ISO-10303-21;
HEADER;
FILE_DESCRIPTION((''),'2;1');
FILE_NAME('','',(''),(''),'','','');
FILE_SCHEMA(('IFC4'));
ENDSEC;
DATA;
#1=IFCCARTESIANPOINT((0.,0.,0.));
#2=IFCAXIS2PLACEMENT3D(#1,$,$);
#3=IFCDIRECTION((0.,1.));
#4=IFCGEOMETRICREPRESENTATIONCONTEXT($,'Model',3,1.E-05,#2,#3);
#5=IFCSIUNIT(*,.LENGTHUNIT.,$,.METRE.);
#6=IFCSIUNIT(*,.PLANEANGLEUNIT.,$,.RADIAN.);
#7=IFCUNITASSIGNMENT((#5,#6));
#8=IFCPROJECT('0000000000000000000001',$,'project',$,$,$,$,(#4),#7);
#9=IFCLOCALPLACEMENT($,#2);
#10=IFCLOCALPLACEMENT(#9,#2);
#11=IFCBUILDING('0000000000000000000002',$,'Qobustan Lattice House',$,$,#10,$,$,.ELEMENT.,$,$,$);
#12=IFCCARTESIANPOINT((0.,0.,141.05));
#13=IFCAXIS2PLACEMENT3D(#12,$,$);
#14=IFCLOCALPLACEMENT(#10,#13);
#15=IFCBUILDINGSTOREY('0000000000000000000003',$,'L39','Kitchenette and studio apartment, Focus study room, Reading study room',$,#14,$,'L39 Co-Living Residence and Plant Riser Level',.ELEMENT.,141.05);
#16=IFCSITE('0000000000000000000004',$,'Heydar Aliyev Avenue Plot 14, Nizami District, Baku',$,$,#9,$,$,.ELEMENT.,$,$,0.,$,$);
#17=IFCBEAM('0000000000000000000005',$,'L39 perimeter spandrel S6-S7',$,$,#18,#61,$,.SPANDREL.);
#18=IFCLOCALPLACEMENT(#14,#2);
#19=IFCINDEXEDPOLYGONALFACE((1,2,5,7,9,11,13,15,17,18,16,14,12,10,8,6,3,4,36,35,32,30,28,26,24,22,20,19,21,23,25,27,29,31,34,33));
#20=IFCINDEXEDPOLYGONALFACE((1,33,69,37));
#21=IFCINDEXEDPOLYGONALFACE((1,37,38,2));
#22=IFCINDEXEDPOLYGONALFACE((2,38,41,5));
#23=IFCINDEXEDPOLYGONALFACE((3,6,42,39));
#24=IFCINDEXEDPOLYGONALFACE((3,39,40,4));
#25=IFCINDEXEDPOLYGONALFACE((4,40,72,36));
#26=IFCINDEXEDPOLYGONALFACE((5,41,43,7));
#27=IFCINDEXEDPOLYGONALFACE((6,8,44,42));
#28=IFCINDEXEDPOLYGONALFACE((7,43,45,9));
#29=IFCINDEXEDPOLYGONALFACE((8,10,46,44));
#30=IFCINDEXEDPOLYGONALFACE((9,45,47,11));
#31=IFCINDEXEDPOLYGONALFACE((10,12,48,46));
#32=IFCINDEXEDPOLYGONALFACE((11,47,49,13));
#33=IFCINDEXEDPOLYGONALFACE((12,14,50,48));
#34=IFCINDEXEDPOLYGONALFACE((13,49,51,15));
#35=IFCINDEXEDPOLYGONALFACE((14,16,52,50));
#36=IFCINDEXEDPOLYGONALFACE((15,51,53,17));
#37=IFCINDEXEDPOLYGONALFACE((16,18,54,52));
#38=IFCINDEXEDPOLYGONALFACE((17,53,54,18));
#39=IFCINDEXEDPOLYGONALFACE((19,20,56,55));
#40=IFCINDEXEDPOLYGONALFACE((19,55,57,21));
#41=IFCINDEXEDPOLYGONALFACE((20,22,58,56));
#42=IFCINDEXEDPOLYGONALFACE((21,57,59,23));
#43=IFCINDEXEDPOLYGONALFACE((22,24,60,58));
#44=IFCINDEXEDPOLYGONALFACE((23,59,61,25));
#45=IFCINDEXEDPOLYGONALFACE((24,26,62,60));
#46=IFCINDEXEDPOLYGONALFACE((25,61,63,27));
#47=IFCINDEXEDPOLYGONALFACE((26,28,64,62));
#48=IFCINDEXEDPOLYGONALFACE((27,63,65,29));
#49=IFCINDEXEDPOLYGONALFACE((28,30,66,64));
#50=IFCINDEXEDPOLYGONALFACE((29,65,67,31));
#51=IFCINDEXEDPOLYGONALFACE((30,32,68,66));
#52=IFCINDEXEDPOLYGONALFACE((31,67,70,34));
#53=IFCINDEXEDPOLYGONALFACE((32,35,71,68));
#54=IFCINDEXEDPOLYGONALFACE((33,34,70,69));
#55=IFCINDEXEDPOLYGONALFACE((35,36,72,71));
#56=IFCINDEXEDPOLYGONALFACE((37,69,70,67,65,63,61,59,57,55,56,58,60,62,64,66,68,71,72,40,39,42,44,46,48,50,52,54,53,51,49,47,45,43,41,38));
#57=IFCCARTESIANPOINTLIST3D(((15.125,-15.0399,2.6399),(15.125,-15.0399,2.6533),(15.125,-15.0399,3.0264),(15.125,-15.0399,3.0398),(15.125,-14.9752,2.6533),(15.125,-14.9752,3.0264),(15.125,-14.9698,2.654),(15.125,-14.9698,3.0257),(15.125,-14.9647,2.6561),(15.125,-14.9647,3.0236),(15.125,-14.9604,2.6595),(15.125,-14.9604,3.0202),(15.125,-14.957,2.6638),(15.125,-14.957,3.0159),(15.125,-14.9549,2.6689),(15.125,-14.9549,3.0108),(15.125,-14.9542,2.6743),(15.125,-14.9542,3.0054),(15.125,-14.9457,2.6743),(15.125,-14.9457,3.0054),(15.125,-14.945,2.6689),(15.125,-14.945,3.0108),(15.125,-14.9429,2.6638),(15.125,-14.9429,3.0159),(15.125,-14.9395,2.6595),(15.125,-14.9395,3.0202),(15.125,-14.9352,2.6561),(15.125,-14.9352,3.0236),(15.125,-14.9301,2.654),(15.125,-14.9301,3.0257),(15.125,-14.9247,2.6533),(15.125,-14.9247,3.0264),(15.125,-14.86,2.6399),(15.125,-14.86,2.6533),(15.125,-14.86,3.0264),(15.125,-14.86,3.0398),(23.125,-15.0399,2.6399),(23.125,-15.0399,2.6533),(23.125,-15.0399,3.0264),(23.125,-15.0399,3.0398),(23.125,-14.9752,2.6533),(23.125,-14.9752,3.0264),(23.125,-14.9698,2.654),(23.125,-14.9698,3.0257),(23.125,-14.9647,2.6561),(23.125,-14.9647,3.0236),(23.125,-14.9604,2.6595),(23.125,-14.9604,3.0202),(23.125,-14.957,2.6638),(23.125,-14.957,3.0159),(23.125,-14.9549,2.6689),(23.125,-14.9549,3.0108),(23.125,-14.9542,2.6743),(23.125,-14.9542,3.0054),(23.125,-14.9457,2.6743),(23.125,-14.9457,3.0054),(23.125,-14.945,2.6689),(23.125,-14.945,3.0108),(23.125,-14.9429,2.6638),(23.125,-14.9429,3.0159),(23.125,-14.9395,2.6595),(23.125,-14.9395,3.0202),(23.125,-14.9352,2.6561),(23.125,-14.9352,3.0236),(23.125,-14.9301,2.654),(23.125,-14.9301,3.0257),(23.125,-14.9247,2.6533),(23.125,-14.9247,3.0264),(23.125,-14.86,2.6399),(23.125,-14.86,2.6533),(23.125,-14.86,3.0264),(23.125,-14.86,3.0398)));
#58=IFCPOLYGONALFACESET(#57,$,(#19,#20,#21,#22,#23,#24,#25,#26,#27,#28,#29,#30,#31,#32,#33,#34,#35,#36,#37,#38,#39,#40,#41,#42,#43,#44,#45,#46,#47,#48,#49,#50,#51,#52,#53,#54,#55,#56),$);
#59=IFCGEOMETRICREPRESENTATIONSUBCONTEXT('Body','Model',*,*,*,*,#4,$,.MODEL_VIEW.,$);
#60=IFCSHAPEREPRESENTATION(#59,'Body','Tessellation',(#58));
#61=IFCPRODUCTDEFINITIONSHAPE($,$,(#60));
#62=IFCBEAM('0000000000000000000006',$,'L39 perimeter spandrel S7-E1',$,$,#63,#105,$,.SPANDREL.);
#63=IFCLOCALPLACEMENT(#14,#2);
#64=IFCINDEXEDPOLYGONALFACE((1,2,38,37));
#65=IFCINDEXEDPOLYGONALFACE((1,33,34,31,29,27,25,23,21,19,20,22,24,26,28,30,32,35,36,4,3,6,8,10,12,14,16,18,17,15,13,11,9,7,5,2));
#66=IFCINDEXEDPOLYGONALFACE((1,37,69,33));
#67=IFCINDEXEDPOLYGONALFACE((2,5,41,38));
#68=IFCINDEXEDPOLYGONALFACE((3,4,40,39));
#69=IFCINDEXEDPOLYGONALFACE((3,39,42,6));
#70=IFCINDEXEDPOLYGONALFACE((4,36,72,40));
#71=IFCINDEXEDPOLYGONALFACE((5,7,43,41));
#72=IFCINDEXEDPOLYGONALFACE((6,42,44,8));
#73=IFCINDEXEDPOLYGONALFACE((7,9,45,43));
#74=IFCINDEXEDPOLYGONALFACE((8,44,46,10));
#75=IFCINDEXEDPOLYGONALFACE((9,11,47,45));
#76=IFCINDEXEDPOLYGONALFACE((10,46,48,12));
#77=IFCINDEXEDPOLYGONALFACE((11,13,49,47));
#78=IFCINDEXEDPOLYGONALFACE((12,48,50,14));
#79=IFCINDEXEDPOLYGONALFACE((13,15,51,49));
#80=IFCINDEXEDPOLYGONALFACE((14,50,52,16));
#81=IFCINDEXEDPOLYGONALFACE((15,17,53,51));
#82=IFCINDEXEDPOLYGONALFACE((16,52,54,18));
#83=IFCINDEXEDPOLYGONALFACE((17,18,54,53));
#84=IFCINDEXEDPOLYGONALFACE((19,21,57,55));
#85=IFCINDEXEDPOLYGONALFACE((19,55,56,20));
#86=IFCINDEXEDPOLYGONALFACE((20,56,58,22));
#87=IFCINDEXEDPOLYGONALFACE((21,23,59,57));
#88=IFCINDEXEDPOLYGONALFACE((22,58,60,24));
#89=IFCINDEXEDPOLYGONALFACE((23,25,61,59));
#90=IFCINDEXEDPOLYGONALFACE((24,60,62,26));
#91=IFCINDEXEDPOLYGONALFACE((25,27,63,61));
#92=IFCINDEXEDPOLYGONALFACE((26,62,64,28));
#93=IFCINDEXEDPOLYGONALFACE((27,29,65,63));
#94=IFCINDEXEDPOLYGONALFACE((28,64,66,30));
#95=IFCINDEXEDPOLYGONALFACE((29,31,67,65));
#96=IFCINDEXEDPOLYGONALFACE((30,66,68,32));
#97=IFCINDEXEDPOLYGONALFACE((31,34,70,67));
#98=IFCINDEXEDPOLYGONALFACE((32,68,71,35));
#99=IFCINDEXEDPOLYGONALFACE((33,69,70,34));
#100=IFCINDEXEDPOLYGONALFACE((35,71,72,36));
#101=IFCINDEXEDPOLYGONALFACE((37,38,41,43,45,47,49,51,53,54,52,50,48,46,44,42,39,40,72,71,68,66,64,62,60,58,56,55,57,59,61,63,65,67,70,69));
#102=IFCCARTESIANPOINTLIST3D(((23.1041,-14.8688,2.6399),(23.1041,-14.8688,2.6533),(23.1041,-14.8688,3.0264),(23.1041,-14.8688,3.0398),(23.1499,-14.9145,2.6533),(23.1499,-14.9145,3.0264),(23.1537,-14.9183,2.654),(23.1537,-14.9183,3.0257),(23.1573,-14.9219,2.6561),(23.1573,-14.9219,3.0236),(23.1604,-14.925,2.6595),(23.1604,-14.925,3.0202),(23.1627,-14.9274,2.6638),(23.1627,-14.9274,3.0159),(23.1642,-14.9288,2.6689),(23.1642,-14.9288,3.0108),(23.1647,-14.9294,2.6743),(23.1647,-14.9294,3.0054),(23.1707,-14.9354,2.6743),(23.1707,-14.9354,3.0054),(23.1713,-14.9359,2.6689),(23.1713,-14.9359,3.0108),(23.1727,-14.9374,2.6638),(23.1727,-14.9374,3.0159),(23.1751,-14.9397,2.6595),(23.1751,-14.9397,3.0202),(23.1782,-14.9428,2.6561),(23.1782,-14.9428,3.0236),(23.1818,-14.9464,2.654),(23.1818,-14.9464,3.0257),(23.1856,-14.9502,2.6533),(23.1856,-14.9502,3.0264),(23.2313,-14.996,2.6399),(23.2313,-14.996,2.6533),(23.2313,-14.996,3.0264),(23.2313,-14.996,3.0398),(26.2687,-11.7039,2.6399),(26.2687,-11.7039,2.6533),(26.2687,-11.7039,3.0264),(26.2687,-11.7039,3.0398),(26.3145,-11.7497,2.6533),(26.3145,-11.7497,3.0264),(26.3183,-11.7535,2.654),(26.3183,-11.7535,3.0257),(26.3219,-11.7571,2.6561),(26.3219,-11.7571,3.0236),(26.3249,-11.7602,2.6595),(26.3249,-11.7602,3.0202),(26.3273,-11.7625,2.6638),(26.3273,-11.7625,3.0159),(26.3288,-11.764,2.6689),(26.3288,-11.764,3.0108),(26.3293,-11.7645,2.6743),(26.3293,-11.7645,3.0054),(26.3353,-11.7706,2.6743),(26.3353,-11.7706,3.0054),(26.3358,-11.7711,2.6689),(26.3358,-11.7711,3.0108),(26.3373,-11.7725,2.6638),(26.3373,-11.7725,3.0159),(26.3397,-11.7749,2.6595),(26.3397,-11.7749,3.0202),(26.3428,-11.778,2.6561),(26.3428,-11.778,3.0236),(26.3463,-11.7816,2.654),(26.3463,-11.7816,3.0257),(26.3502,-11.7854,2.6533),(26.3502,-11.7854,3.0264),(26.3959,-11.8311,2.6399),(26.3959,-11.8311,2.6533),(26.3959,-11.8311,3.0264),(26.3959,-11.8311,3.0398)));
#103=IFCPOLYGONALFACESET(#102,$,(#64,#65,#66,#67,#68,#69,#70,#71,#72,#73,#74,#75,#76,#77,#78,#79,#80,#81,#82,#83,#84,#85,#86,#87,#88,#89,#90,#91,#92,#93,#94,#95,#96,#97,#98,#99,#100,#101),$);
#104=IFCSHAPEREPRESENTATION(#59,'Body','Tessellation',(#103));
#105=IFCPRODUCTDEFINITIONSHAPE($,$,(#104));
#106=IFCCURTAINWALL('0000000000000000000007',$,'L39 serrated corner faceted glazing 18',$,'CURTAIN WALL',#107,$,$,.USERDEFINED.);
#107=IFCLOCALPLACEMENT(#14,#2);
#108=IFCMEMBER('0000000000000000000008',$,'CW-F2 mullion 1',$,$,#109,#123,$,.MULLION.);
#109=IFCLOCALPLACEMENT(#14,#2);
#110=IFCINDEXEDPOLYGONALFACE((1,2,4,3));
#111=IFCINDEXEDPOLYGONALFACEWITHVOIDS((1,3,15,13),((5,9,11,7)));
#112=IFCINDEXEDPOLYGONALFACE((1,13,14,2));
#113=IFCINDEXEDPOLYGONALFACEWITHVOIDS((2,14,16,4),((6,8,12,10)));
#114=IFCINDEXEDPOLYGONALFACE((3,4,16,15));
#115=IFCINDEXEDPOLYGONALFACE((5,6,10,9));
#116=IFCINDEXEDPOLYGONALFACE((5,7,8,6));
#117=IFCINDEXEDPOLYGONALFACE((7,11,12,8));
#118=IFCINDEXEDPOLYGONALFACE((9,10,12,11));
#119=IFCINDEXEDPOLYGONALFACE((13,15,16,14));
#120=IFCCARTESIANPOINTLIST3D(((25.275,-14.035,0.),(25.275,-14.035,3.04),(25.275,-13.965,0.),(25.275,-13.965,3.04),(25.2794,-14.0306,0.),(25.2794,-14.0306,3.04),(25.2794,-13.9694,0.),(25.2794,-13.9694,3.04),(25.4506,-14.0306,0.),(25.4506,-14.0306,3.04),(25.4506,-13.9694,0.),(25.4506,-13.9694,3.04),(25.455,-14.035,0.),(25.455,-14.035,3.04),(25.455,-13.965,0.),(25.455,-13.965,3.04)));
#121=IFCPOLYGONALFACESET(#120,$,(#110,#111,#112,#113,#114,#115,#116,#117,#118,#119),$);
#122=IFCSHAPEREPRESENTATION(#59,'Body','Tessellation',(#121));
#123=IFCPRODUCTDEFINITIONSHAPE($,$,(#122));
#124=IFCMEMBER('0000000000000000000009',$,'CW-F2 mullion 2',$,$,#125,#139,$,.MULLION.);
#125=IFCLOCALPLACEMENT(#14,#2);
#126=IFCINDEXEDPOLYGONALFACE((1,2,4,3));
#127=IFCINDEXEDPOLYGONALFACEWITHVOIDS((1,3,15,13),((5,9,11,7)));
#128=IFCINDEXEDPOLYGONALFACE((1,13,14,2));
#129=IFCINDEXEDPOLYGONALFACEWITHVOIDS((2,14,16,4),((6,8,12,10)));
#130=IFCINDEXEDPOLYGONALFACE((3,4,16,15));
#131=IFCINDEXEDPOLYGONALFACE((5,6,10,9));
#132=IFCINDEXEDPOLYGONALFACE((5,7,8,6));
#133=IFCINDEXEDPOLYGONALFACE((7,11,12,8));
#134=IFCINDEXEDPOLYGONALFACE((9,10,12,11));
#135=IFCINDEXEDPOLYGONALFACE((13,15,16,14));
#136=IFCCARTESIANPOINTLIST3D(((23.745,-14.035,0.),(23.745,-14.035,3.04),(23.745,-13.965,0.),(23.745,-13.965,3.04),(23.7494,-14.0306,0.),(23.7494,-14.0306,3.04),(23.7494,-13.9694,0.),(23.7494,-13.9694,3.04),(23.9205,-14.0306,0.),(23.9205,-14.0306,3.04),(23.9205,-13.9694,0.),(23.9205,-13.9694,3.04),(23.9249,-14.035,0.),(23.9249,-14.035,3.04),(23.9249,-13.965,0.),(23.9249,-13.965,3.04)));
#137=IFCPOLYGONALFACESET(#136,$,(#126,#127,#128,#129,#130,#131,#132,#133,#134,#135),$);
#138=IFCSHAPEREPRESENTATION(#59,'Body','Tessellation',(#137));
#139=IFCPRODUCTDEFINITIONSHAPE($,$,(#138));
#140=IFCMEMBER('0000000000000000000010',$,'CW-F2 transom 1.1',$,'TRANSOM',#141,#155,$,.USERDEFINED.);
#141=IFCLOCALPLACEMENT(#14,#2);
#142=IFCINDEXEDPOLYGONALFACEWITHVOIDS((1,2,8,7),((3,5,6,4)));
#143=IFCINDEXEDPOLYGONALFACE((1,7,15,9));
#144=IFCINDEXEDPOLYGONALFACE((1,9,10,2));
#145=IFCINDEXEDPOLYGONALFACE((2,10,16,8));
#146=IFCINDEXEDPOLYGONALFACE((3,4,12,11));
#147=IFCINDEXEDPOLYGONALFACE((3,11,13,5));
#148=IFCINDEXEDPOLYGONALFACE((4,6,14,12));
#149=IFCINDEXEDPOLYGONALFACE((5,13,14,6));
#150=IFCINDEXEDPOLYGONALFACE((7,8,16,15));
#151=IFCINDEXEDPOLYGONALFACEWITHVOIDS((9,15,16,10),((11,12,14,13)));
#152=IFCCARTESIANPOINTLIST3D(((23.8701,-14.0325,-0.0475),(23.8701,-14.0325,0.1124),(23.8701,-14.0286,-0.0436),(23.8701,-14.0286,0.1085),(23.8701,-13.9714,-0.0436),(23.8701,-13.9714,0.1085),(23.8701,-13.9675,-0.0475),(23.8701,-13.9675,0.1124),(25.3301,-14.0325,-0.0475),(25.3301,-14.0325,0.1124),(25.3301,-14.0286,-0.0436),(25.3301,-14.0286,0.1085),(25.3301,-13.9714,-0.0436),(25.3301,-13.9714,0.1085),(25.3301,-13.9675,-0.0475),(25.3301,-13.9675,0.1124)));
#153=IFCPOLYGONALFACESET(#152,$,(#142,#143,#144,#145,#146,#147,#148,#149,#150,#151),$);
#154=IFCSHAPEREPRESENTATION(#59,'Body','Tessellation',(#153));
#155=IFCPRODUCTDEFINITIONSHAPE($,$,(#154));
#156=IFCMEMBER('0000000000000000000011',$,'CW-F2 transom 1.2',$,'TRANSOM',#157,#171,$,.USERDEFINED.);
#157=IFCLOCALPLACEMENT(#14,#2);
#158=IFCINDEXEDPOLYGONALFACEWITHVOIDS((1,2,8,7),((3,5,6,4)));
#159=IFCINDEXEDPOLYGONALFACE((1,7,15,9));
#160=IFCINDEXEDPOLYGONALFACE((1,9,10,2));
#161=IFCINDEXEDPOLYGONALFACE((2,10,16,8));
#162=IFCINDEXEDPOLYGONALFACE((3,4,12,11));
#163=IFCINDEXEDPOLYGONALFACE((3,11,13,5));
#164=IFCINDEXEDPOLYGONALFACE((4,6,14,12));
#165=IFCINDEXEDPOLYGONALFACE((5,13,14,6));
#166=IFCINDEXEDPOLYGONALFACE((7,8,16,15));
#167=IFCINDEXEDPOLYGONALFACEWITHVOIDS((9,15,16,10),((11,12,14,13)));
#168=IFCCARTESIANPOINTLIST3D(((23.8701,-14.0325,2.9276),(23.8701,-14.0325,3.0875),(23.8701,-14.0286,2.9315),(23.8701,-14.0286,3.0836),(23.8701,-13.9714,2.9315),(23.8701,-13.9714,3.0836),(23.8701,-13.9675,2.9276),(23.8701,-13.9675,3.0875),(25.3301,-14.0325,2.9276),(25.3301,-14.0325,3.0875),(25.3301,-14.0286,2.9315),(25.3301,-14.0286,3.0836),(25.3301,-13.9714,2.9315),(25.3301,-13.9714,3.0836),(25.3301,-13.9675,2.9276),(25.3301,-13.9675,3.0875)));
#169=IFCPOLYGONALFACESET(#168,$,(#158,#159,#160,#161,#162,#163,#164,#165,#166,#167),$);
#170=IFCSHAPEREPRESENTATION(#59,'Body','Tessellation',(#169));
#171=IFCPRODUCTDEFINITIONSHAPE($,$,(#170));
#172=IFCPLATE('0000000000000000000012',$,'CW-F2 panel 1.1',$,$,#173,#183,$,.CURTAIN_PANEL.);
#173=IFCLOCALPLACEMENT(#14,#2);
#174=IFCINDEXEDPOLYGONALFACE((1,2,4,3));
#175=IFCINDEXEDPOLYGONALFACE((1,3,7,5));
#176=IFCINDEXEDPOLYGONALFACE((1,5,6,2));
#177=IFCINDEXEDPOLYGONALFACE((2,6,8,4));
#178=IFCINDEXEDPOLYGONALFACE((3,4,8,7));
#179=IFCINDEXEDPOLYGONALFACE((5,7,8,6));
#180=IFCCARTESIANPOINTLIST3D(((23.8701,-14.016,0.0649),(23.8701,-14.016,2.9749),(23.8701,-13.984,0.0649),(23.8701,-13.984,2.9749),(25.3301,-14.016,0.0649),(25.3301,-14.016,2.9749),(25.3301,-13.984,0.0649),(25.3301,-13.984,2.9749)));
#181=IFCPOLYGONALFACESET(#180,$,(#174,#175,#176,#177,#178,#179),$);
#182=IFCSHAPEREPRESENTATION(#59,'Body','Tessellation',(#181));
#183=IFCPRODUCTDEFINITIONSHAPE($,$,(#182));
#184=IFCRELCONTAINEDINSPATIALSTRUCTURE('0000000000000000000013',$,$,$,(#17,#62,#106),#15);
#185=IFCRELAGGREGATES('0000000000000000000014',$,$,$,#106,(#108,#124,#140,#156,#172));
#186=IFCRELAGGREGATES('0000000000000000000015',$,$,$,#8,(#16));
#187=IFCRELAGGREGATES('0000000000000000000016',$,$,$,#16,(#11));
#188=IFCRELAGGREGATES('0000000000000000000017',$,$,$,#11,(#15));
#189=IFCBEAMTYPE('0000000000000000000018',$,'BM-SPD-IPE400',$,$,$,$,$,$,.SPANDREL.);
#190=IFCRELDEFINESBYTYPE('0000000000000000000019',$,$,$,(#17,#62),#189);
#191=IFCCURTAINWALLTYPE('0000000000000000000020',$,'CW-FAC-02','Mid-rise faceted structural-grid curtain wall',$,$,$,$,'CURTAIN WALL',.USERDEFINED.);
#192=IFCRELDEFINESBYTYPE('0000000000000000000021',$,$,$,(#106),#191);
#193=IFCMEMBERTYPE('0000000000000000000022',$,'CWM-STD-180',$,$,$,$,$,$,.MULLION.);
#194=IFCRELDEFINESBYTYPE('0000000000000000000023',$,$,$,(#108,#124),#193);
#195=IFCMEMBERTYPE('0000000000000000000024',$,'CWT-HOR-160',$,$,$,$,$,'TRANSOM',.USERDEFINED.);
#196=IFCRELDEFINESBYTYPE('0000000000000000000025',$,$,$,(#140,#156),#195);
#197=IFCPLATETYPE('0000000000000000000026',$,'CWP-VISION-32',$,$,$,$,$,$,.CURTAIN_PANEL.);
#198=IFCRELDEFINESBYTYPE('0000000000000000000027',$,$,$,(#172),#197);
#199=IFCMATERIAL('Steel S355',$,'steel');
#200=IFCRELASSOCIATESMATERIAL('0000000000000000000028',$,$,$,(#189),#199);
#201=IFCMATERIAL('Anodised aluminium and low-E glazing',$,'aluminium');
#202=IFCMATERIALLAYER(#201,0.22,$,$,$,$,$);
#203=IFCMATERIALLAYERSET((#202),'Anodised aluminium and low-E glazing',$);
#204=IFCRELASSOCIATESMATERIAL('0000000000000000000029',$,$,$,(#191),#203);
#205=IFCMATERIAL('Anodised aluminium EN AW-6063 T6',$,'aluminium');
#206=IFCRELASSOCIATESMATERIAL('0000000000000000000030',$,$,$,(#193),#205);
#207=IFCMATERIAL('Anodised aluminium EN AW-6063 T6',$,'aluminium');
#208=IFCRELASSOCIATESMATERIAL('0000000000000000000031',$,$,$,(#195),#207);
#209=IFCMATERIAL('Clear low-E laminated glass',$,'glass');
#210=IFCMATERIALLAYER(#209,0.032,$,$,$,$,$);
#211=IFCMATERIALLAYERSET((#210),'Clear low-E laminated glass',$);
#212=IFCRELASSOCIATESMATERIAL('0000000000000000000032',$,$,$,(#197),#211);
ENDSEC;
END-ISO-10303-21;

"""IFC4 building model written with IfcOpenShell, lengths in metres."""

from ifc_helpers import new_model, si_unit, direction, frame, origin, origin_2d, place, context, subcontext, project, spatial, rectangle, hollow_rectangle, i_section, extrude, material, layer, layer_set, material_profile, profile_set, type_object, element, aggregate, save


model = new_model("IFC4")

# Units and contexts
model_context = context("Model", 3, precision=1e-05, world=origin(), true_north=direction((0.0, 1.0)))
body_context = subcontext(model_context, "Body", "Model", "MODEL_VIEW")
ifc_project = project(units=[si_unit("LENGTHUNIT", "METRE"), si_unit("PLANEANGLEUNIT", "RADIAN")], contexts=[model_context])

# Site, building, storey
site_placement = place(None, origin())
site = spatial("IfcSite", under=ifc_project, at=site_placement, Name="Heydar Aliyev Avenue Plot 14, Nizami District, Baku", CompositionType="ELEMENT", RefElevation=0.0)
building_placement = place(site_placement, origin())
building = spatial("IfcBuilding", under=site, at=building_placement, Name="Qobustan Lattice House", CompositionType="ELEMENT")
storey_placement = place(building_placement, frame((0.0, 0.0, 141.05)))
storey = spatial("IfcBuildingStorey", under=building, at=storey_placement, Name="L39", Description="Kitchenette and studio apartment, Focus study room, Reading study room", LongName="L39 Co-Living Residence and Plant Riser Level", CompositionType="ELEMENT", Elevation=141.05)

# Beams
ifc_material_1 = material(Name="Steel S355", Category="steel")
ifc_material_profile_1 = material_profile(ifc_material_1, i_section(OverallWidth=0.1799, OverallDepth=0.3999, WebThickness=0.0085, FlangeThickness=0.0134, FilletRadius=0.021, at=origin_2d()), Name="IPE400")
ifc_profile_set_1 = profile_set([ifc_material_profile_1], Name="Steel S355")
beam_type_1 = type_object("IfcBeamType", Name="BM-SPD-IPE400", PredefinedType="SPANDREL", material=ifc_profile_set_1)
beam_1_placement = place(storey_placement, frame((15.125, -14.95, 2.8398), z_axis=(1.0, 0.0, 0.0), x_axis=(0.0, 1.0, 0.0)))
element("IfcBeam", 1, at=beam_1_placement, inside=storey, type_object=beam_type_1, Name="L39 perimeter spandrel S6-S7", PredefinedType="SPANDREL", context=body_context, shape_type="SweptSolid", body=[
    extrude(i_section(OverallWidth=0.1799, OverallDepth=0.3999, WebThickness=0.0085, FlangeThickness=0.0134, FilletRadius=0.021, at=origin_2d()), origin(), (0.0, 0.0, 1.0), 8.0),
])
beam_2_placement = place(storey_placement, frame((23.1677, -14.9324, 2.8398), z_axis=(0.70708, 0.707134, 0.0), x_axis=(-0.707134, 0.70708, 0.0)))
element("IfcBeam", 2, at=beam_2_placement, inside=storey, type_object=beam_type_1, Name="L39 perimeter spandrel S7-E1", PredefinedType="SPANDREL", context=body_context, shape_type="SweptSolid", body=[
    extrude(i_section(OverallWidth=0.1799, OverallDepth=0.3999, WebThickness=0.0085, FlangeThickness=0.0134, FilletRadius=0.021, at=origin_2d()), origin(), (0.0, 0.0, 1.0), 4.4756),
])

# Curtain wall, members, plate
ifc_material_2 = material(Name="Anodised aluminium and low-E glazing", Category="aluminium")
ifc_layer_1 = layer(ifc_material_2, 0.22)
ifc_layer_set_1 = layer_set([ifc_layer_1], Name="Anodised aluminium and low-E glazing")
curtain_wall_type = type_object("IfcCurtainWallType", Name="CW-FAC-02", Description="Mid-rise faceted structural-grid curtain wall", ElementType="CURTAIN WALL", PredefinedType="USERDEFINED", material=ifc_layer_set_1)
curtain_wall_placement = place(storey_placement, origin())
curtain_wall = element("IfcCurtainWall", 3, at=curtain_wall_placement, inside=storey, type_object=curtain_wall_type, Name="L39 serrated corner faceted glazing 18", ObjectType="CURTAIN WALL", PredefinedType="USERDEFINED")
ifc_material_3 = material(Name="Anodised aluminium EN AW-6063 T6", Category="aluminium")
ifc_material_profile_2 = material_profile(ifc_material_3, hollow_rectangle(XDim=0.0701, YDim=0.1799, WallThickness=0.0044, at=origin_2d()), Name="CWM-180x70")
ifc_profile_set_2 = profile_set([ifc_material_profile_2], Name="Anodised aluminium EN AW-6063 T6")
member_type_1 = type_object("IfcMemberType", Name="CWM-STD-180", PredefinedType="MULLION", material=ifc_profile_set_2)
member_1_placement = place(storey_placement, frame((25.365, -14.0, 0.0), z_axis=(0.0, 0.0, 1.0), x_axis=(0.0, -1.0, 0.0)))
member_1 = element("IfcMember", 4, at=member_1_placement, type_object=member_type_1, Name="CW-F2 mullion 1", PredefinedType="MULLION", context=body_context, shape_type="SweptSolid", body=[
    extrude(hollow_rectangle(XDim=0.0701, YDim=0.1799, WallThickness=0.0044, at=origin_2d()), origin(), (0.0, 0.0, 1.0), 3.04),
])
member_2_placement = place(storey_placement, frame((23.835, -14.0, 0.0), z_axis=(0.0, 0.0, 1.0), x_axis=(0.0, -1.0, 0.0)))
member_2 = element("IfcMember", 5, at=member_2_placement, type_object=member_type_1, Name="CW-F2 mullion 2", PredefinedType="MULLION", context=body_context, shape_type="SweptSolid", body=[
    extrude(hollow_rectangle(XDim=0.0701, YDim=0.1799, WallThickness=0.0044, at=origin_2d()), origin(), (0.0, 0.0, 1.0), 3.04),
])
ifc_material_4 = material(Name="Anodised aluminium EN AW-6063 T6", Category="aluminium")
ifc_material_profile_3 = material_profile(ifc_material_4, hollow_rectangle(XDim=0.0649, YDim=0.1599, WallThickness=0.0039, at=origin_2d()), Name="CWT-160x65")
ifc_profile_set_3 = profile_set([ifc_material_profile_3], Name="Anodised aluminium EN AW-6063 T6")
member_type_2 = type_object("IfcMemberType", Name="CWT-HOR-160", ElementType="TRANSOM", PredefinedType="USERDEFINED", material=ifc_profile_set_3)
member_3_placement = place(storey_placement, frame((25.3301, -14.0, 0.0325), z_axis=(-1.0, 0.0, 0.0), x_axis=(0.0, -1.0, 0.0)))
member_3 = element("IfcMember", 6, at=member_3_placement, type_object=member_type_2, Name="CW-F2 transom 1.1", ObjectType="TRANSOM", PredefinedType="USERDEFINED", context=body_context, shape_type="SweptSolid", body=[
    extrude(hollow_rectangle(XDim=0.0649, YDim=0.1599, WallThickness=0.0039, at=origin_2d()), origin(), (0.0, 0.0, 1.0), 1.46),
])
member_4_placement = place(storey_placement, frame((25.3301, -14.0, 3.0076), z_axis=(-1.0, 0.0, 0.0), x_axis=(0.0, -1.0, 0.0)))
member_4 = element("IfcMember", 7, at=member_4_placement, type_object=member_type_2, Name="CW-F2 transom 1.2", ObjectType="TRANSOM", PredefinedType="USERDEFINED", context=body_context, shape_type="SweptSolid", body=[
    extrude(hollow_rectangle(XDim=0.0649, YDim=0.1599, WallThickness=0.0039, at=origin_2d()), origin(), (0.0, 0.0, 1.0), 1.46),
])
ifc_material_5 = material(Name="Clear low-E laminated glass", Category="glass")
ifc_layer_2 = layer(ifc_material_5, 0.032)
ifc_layer_set_2 = layer_set([ifc_layer_2], Name="Clear low-E laminated glass")
plate_type_1 = type_object("IfcPlateType", Name="CWP-VISION-32", PredefinedType="CURTAIN_PANEL", material=ifc_layer_set_2)
plate_1_placement = place(storey_placement, frame((24.6001, -14.0, 0.0649), z_axis=(0.0, 0.0, 1.0), x_axis=(-1.0, 0.0, 0.0)))
plate_1 = element("IfcPlate", 8, at=plate_1_placement, type_object=plate_type_1, Name="CW-F2 panel 1.1", PredefinedType="CURTAIN_PANEL", context=body_context, shape_type="SweptSolid", body=[
    extrude(rectangle(XDim=1.46, YDim=0.032, at=origin_2d()), origin(), (0.0, 0.0, 1.0), 2.9099),
])
aggregate(curtain_wall, [member_1, member_2, member_3, member_4, plate_1])

save(model, "model.ifc")
